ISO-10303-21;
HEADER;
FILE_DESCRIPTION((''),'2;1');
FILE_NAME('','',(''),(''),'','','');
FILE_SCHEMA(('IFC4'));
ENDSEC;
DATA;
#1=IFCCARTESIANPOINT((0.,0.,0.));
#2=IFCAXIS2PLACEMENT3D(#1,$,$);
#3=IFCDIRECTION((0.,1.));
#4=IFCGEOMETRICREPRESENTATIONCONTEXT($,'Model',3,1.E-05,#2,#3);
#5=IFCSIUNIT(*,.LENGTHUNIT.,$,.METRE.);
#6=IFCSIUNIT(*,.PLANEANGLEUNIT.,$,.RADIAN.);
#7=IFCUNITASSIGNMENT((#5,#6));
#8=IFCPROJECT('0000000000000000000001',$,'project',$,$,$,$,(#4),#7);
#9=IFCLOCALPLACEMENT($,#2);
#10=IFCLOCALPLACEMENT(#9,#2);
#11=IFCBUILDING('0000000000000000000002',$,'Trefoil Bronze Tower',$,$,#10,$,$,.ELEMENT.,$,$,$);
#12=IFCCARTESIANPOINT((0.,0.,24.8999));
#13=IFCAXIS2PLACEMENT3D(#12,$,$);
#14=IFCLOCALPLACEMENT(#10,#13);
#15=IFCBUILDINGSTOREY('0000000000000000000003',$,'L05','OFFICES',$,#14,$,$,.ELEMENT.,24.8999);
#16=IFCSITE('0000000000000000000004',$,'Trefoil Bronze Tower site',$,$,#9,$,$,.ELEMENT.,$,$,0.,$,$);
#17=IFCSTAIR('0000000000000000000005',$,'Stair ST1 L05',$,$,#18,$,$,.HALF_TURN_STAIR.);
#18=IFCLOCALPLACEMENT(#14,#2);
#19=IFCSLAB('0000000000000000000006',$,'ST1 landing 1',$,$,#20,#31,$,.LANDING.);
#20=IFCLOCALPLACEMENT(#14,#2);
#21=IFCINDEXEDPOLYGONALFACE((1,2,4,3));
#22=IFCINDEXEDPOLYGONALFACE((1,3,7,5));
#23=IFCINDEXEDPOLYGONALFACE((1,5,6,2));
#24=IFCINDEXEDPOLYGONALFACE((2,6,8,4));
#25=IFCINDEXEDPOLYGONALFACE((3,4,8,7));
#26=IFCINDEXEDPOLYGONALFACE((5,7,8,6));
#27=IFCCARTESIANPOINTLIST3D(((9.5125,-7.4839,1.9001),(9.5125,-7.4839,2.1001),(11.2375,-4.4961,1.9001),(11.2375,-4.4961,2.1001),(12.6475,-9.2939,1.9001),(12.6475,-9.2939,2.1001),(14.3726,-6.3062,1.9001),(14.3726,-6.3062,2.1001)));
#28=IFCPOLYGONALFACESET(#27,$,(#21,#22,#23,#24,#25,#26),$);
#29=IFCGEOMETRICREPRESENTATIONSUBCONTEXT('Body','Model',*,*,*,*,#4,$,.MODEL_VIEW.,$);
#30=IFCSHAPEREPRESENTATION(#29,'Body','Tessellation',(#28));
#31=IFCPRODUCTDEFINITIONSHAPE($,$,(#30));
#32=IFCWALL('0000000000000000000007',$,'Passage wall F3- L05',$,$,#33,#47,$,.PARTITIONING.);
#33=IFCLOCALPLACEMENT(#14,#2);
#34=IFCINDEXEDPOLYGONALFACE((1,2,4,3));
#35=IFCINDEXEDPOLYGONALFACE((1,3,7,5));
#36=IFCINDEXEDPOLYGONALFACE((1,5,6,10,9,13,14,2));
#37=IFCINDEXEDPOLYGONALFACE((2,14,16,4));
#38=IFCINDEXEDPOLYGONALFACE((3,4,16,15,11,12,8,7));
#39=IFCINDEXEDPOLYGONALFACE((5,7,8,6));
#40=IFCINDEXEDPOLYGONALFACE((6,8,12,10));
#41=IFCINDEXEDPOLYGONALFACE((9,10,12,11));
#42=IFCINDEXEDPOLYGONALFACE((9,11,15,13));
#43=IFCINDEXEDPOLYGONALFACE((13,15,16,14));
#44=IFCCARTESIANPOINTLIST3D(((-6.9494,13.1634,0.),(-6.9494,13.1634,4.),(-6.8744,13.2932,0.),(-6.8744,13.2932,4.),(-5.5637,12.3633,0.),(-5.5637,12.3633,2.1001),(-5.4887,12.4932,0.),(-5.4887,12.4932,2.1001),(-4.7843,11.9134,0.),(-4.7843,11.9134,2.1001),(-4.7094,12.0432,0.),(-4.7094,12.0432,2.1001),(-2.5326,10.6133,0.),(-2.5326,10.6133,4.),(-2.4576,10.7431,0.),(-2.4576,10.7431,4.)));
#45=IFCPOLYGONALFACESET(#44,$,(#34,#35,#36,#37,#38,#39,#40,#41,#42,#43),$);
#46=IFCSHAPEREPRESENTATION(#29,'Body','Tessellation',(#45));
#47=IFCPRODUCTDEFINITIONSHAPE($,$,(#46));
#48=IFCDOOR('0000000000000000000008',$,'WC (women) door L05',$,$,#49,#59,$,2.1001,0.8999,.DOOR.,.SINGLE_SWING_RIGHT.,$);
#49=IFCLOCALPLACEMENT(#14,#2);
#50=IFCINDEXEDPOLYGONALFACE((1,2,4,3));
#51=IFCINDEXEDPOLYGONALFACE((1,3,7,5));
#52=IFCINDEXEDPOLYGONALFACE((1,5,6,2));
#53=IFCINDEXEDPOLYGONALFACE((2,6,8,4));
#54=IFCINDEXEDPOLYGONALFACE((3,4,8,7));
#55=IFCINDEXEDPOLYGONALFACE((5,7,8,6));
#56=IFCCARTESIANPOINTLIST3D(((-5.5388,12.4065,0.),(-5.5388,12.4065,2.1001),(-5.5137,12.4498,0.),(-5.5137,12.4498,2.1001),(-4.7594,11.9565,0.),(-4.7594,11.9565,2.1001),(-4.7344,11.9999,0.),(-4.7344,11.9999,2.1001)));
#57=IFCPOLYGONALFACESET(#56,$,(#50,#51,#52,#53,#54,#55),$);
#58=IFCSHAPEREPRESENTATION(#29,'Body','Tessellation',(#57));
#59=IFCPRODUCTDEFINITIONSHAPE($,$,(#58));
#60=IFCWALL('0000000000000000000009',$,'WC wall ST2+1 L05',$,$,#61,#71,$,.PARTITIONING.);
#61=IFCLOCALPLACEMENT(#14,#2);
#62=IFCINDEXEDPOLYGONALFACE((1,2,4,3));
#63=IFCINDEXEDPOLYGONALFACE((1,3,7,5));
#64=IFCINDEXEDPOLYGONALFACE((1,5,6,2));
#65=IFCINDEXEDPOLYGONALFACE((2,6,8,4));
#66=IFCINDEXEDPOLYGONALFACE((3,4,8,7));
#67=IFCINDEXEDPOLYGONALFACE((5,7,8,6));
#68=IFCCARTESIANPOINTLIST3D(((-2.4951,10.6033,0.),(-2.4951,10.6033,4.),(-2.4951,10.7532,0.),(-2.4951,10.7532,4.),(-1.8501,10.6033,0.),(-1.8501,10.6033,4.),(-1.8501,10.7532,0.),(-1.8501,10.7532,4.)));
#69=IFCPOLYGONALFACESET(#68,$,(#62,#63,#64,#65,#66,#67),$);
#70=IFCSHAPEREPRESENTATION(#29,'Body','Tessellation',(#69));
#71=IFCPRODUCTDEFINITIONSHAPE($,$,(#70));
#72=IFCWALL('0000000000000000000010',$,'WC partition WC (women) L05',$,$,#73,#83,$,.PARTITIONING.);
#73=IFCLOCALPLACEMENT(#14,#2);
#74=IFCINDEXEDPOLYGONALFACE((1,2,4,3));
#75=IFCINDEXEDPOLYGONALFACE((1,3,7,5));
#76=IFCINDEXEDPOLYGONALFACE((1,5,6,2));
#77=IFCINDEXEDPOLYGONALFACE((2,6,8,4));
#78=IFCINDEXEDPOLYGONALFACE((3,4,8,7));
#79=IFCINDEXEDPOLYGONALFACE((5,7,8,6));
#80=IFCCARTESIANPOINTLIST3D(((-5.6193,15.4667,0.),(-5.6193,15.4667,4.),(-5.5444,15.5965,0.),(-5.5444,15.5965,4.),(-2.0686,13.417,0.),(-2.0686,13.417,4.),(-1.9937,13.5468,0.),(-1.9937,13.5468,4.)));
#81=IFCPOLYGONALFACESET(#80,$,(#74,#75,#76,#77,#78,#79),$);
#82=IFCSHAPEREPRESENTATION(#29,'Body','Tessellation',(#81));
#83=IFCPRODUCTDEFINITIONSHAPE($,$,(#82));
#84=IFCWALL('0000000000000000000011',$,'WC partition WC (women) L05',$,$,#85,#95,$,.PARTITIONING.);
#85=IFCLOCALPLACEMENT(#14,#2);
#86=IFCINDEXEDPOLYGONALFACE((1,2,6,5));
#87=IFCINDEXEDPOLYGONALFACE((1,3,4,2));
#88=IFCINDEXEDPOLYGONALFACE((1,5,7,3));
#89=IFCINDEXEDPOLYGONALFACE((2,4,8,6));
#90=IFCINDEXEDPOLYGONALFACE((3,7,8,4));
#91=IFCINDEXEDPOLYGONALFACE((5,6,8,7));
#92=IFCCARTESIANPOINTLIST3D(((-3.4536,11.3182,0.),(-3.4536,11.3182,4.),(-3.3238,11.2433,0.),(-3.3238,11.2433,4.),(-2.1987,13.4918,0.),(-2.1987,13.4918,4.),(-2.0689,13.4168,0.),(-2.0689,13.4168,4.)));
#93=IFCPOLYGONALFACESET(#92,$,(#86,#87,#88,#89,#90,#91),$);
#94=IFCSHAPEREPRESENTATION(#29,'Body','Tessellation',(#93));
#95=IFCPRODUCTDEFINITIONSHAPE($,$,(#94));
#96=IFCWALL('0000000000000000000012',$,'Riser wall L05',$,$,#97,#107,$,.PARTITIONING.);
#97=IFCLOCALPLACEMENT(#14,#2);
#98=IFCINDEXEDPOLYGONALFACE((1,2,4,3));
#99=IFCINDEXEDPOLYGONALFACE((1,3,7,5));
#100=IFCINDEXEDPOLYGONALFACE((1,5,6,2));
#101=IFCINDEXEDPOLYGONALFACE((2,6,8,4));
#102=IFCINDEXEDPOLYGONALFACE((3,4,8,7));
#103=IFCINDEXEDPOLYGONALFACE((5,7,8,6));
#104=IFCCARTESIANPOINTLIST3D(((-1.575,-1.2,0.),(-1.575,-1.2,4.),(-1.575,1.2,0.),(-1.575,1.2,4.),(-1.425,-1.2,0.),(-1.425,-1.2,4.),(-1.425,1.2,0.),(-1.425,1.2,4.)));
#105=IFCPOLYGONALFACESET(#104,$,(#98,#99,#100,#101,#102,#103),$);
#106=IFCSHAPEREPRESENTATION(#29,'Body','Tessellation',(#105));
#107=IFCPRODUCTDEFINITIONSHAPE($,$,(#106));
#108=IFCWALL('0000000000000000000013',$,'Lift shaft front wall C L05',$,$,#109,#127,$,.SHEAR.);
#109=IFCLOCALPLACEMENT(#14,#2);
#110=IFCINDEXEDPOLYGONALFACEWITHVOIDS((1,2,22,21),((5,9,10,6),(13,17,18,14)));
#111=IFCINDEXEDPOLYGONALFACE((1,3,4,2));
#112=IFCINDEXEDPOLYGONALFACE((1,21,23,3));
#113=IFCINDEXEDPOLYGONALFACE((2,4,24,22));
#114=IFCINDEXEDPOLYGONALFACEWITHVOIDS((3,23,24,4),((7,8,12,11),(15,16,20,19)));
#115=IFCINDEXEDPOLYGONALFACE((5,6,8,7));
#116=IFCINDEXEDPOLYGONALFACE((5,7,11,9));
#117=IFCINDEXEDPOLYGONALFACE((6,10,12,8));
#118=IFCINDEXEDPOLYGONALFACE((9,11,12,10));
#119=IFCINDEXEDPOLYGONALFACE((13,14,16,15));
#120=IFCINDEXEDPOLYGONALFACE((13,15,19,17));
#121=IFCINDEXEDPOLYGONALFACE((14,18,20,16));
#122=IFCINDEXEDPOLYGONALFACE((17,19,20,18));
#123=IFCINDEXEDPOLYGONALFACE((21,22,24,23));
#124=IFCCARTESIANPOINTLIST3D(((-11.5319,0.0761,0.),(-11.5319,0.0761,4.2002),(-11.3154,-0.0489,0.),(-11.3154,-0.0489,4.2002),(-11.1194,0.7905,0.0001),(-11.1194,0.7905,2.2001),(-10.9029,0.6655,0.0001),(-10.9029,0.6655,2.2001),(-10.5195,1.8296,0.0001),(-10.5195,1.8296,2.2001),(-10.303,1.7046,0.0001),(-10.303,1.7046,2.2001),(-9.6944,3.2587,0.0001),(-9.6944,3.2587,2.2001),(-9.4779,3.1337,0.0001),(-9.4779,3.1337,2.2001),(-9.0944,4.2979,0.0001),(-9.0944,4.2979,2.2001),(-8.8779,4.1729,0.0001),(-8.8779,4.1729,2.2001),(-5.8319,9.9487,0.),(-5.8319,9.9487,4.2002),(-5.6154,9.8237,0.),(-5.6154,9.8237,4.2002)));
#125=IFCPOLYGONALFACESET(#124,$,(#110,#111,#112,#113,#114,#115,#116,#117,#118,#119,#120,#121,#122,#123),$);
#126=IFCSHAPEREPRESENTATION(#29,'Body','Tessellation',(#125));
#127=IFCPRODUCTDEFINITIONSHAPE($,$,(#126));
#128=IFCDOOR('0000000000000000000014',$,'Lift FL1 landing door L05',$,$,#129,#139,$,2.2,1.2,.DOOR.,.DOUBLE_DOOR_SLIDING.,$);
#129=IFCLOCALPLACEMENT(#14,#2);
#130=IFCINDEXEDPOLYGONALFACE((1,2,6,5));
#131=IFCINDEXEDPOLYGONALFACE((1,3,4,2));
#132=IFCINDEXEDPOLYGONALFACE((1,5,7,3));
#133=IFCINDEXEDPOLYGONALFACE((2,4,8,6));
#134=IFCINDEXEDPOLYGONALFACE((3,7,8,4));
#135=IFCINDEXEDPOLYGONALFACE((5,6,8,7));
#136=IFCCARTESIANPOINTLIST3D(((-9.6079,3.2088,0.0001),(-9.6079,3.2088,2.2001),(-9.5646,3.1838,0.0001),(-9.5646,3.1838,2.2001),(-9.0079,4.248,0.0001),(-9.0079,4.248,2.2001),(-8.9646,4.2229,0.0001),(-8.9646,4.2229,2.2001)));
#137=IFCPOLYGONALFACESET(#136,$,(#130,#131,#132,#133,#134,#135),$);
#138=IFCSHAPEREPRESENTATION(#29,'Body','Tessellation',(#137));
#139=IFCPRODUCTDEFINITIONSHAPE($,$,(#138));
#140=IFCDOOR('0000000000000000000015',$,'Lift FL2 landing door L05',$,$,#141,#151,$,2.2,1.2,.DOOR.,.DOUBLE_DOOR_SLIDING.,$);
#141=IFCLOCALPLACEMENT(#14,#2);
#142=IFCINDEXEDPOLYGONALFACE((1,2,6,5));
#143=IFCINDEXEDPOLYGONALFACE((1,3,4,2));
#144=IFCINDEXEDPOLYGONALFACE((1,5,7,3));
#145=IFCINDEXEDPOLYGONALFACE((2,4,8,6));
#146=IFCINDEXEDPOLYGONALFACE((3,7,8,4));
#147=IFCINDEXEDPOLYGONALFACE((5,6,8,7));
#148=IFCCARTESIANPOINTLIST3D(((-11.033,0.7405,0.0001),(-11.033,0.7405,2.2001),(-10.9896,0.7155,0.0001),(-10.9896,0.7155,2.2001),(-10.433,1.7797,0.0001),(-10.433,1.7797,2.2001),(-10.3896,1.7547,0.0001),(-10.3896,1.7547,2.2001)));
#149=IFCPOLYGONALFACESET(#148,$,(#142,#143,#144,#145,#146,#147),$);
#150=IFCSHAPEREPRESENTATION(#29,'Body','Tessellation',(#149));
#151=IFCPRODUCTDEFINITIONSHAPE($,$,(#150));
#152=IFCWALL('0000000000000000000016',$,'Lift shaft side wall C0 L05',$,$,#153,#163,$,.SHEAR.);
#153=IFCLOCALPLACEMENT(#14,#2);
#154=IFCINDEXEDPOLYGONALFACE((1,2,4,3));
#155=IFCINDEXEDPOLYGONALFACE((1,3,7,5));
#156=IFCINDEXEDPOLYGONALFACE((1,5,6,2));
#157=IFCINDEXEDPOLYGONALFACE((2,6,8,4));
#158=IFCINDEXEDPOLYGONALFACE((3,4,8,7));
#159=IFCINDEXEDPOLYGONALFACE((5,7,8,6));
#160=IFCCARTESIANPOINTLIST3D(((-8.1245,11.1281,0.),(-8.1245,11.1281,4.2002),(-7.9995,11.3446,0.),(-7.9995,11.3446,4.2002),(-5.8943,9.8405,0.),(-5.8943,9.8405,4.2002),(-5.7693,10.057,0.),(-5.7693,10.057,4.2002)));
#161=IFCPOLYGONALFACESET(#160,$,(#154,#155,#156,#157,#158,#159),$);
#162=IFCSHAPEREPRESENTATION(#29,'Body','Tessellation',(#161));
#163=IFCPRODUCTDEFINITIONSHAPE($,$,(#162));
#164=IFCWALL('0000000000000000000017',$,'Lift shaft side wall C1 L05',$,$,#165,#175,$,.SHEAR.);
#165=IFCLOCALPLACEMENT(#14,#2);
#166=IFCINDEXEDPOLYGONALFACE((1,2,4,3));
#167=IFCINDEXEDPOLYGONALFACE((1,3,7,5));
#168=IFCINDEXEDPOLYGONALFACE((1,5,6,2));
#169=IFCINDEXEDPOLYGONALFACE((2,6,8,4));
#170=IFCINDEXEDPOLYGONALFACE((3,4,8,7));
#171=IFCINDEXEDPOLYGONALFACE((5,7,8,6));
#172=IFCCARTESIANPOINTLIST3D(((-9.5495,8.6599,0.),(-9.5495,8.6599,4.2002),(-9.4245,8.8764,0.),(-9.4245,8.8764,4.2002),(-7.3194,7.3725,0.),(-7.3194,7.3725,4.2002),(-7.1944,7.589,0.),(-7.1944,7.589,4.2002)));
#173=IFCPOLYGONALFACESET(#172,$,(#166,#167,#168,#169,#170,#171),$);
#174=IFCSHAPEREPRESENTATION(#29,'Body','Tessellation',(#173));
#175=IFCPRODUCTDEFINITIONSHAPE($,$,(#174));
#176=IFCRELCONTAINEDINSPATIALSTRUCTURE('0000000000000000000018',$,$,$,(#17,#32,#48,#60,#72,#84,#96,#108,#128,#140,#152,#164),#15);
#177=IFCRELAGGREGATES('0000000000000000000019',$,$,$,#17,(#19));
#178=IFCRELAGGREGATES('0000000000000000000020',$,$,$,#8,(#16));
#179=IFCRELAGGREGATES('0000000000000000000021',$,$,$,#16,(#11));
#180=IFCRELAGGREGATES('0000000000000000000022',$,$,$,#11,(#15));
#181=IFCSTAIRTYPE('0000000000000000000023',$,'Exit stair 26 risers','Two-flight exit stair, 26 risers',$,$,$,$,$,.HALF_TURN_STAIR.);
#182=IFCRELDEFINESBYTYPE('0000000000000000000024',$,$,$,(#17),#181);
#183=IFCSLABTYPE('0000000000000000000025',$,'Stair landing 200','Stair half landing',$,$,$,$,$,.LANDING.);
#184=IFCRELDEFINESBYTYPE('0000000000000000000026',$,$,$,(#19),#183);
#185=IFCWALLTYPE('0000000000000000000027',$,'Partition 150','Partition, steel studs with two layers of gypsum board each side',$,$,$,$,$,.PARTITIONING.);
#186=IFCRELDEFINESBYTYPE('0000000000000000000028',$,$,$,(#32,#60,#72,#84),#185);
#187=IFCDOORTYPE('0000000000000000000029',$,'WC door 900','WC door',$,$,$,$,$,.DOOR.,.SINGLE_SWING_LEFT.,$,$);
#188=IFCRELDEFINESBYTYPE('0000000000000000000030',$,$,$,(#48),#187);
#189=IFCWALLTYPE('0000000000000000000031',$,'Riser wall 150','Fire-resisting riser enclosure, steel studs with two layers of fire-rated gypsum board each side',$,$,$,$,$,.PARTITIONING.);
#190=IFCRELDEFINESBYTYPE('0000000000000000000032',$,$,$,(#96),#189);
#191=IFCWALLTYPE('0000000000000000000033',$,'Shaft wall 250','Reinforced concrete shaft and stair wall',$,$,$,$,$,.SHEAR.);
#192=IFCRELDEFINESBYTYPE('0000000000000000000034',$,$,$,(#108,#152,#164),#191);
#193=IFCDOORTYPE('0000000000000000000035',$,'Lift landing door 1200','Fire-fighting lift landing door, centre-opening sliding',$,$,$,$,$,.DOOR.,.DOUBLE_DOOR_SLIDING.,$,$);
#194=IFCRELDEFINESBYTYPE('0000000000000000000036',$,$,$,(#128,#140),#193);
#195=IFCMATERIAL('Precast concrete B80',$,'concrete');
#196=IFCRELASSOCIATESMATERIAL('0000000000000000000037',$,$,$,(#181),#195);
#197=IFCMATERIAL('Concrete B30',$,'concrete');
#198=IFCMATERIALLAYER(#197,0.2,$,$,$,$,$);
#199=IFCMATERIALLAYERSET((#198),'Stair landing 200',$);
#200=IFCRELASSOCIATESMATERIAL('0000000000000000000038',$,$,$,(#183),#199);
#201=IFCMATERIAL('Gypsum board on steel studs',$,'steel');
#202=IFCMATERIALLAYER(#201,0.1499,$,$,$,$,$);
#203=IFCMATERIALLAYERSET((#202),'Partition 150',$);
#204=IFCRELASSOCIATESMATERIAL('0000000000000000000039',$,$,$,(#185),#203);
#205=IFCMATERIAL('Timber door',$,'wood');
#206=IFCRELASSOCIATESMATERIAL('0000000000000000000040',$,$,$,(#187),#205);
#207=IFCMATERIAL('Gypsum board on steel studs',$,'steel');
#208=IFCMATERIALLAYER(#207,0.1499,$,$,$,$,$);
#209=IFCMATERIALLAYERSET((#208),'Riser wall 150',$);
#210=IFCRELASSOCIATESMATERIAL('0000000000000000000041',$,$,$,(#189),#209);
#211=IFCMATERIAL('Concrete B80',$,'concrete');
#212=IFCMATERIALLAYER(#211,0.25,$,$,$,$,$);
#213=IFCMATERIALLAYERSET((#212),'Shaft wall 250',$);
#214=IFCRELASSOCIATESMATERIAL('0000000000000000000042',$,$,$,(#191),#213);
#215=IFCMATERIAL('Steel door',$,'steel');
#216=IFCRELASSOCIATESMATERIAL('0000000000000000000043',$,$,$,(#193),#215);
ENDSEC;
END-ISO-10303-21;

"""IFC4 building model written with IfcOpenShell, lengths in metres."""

from ifc_helpers import new_model, si_unit, direction, frame, frame_2d, origin, place, context, subcontext, project, spatial, polyline, rectangle, outline, extrude, material, layer, layer_set, type_object, element, fill, aggregate, save


model = new_model("IFC4")

# Units and contexts
model_context = context("Model", 3, precision=1e-05, world=origin(), true_north=direction((0.0, 1.0)))
body_context = subcontext(model_context, "Body", "Model", "MODEL_VIEW")
ifc_project = project(units=[si_unit("LENGTHUNIT", "METRE"), si_unit("PLANEANGLEUNIT", "RADIAN")], contexts=[model_context])

# Site, building, storey
site_placement = place(None, origin())
site = spatial("IfcSite", under=ifc_project, at=site_placement, Name="Trefoil Bronze Tower site", CompositionType="ELEMENT", RefElevation=0.0)
building_placement = place(site_placement, origin())
building = spatial("IfcBuilding", under=site, at=building_placement, Name="Trefoil Bronze Tower", CompositionType="ELEMENT")
storey_placement = place(building_placement, frame((0.0, 0.0, 24.8999)))
storey = spatial("IfcBuildingStorey", under=building, at=storey_placement, Name="L05", Description="OFFICES", CompositionType="ELEMENT", Elevation=24.8999)

# Stair, slab
ifc_material_1 = material(Name="Precast concrete B80", Category="concrete")
stair_type = type_object("IfcStairType", Name="Exit stair 26 risers", Description="Two-flight exit stair, 26 risers", PredefinedType="HALF_TURN_STAIR", material=ifc_material_1)
stair_1_placement = place(storey_placement, origin())
stair_1 = element("IfcStair", 1, at=stair_1_placement, inside=storey, type_object=stair_type, Name="Stair ST1 L05", PredefinedType="HALF_TURN_STAIR")
ifc_material_2 = material(Name="Concrete B30", Category="concrete")
ifc_layer_1 = layer(ifc_material_2, 0.2)
ifc_layer_set_1 = layer_set([ifc_layer_1], Name="Stair landing 200")
slab_type = type_object("IfcSlabType", Name="Stair landing 200", Description="Stair half landing", PredefinedType="LANDING", material=ifc_layer_set_1)
slab_placement = place(storey_placement, frame((0.0, 0.0, 1.9001)))
slab = element("IfcSlab", 2, at=slab_placement, type_object=slab_type, Name="ST1 landing 1", PredefinedType="LANDING", context=body_context, shape_type="SweptSolid", body=[
    extrude(outline(polyline([(9.5125, -7.4839), (12.6475, -9.2939), (14.3726, -6.3062), (11.2375, -4.4961), (9.5125, -7.4839)])), origin(), (0.0, 0.0, 1.0), 0.2),
])
aggregate(stair_1, [slab])

# Wall, opening, door
ifc_material_3 = material(Name="Gypsum board on steel studs", Category="steel")
ifc_layer_2 = layer(ifc_material_3, 0.1499)
ifc_layer_set_2 = layer_set([ifc_layer_2], Name="Partition 150")
wall_type_1 = type_object("IfcWallType", Name="Partition 150", Description="Partition, steel studs with two layers of gypsum board each side", PredefinedType="PARTITIONING", material=ifc_layer_set_2)
wall_1_placement = place(storey_placement, frame((-2.4951, 10.6782, 0.0), z_axis=(0.0, 0.0, 1.0), x_axis=(-0.866022, 0.500006, 0.0)))
wall_1 = element("IfcWall", 3, at=wall_1_placement, inside=storey, type_object=wall_type_1, Name="Passage wall F3- L05", PredefinedType="PARTITIONING", context=body_context, shape_type="SweptSolid", body=[
    extrude(rectangle(XDim=5.1001, YDim=0.1499, at=frame_2d((2.55, 0.0))), origin(), (0.0, 0.0, 1.0), 4.0),
])
opening_1_placement = place(wall_1_placement, frame((2.6001, 0.0, 0.0)))
opening_1 = element("IfcOpeningElement", 4, at=opening_1_placement, cuts=wall_1, PredefinedType="OPENING", context=body_context, shape_type="SweptSolid", body=[
    extrude(rectangle(XDim=0.8999, YDim=2.1001, at=frame_2d((0.45, 1.05))), frame((0.0, 0.085, 0.0), z_axis=(0.0, -1.0, 0.0), x_axis=(1.0, 0.0, 0.0)), (0.0, 0.0, 1.0), 0.1699),
])
ifc_material_4 = material(Name="Timber door", Category="wood")
door_type_1 = type_object("IfcDoorType", Name="WC door 900", Description="WC door", OperationType="SINGLE_SWING_LEFT", PredefinedType="DOOR", material=ifc_material_4)
door_1_placement = place(opening_1_placement, frame((0.8999, 0.0, 0.0), z_axis=(0.0, 0.0, 1.0), x_axis=(-1.0, 0.0, 0.0)))
door_1 = element("IfcDoor", 5, at=door_1_placement, inside=storey, type_object=door_type_1, Name="WC (women) door L05", OperationType="SINGLE_SWING_RIGHT", OverallHeight=2.1001, OverallWidth=0.8999, PredefinedType="DOOR", context=body_context, shape_type="SweptSolid", body=[
    extrude(rectangle(XDim=0.8999, YDim=2.1001, at=frame_2d((0.45, 1.05))), frame((0.0, 0.0249, 0.0), z_axis=(0.0, -1.0, 0.0), x_axis=(1.0, 0.0, 0.0)), (0.0, 0.0, 1.0), 0.05),
])
fill(opening_1, door_1)

# Walls
wall_2_placement = place(storey_placement, frame((-2.4951, 10.6782, 0.0), z_axis=(0.0, 0.0, 1.0), x_axis=(1.0, 0.0, 0.0)))
element("IfcWall", 6, at=wall_2_placement, inside=storey, type_object=wall_type_1, Name="WC wall ST2+1 L05", PredefinedType="PARTITIONING", context=body_context, shape_type="SweptSolid", body=[
    extrude(rectangle(XDim=0.645, YDim=0.1499, at=frame_2d((0.3225, 0.0))), origin(), (0.0, 0.0, 1.0), 4.0),
])
wall_3_placement = place(storey_placement, frame((-2.0312, 13.4819, 0.0), z_axis=(0.0, 0.0, 1.0), x_axis=(-0.866051, 0.499956, 0.0)))
element("IfcWall", 7, at=wall_3_placement, inside=storey, type_object=wall_type_1, Name="WC partition WC (women) L05", PredefinedType="PARTITIONING", context=body_context, shape_type="SweptSolid", body=[
    extrude(rectangle(XDim=4.0999, YDim=0.1499, at=frame_2d((2.0498, 0.0))), origin(), (0.0, 0.0, 1.0), 4.0),
])
wall_4_placement = place(storey_placement, frame((-3.3887, 11.2808, 0.0), z_axis=(0.0, 0.0, 1.0), x_axis=(0.499989, 0.866032, 0.0)))
element("IfcWall", 8, at=wall_4_placement, inside=storey, type_object=wall_type_1, Name="WC partition WC (women) L05", PredefinedType="PARTITIONING", context=body_context, shape_type="SweptSolid", body=[
    extrude(rectangle(XDim=2.5098, YDim=0.1499, at=frame_2d((1.2549, 0.0))), origin(), (0.0, 0.0, 1.0), 4.0),
])
ifc_material_5 = material(Name="Gypsum board on steel studs", Category="steel")
ifc_layer_3 = layer(ifc_material_5, 0.1499)
ifc_layer_set_3 = layer_set([ifc_layer_3], Name="Riser wall 150")
wall_type_2 = type_object("IfcWallType", Name="Riser wall 150", Description="Fire-resisting riser enclosure, steel studs with two layers of fire-rated gypsum board each side", PredefinedType="PARTITIONING", material=ifc_layer_set_3)
wall_5_placement = place(storey_placement, frame((-1.5, 1.2, 0.0), z_axis=(0.0, 0.0, 1.0), x_axis=(0.0, -1.0, 0.0)))
element("IfcWall", 9, at=wall_5_placement, inside=storey, type_object=wall_type_2, Name="Riser wall L05", PredefinedType="PARTITIONING", context=body_context, shape_type="SweptSolid", body=[
    extrude(rectangle(XDim=2.3999, YDim=0.1499, at=frame_2d((1.2, 0.0))), origin(), (0.0, 0.0, 1.0), 4.0),
])

# Wall, openings, doors
ifc_material_6 = material(Name="Concrete B80", Category="concrete")
ifc_layer_4 = layer(ifc_material_6, 0.25)
ifc_layer_set_4 = layer_set([ifc_layer_4], Name="Shaft wall 250")
wall_type_3 = type_object("IfcWallType", Name="Shaft wall 250", Description="Reinforced concrete shaft and stair wall", PredefinedType="SHEAR", material=ifc_layer_set_4)
wall_6_placement = place(storey_placement, frame((-5.7236, 9.8862, 0.0), z_axis=(0.0, 0.0, 1.0), x_axis=(-0.500002, -0.866024, 0.0)))
wall_6 = element("IfcWall", 10, at=wall_6_placement, inside=storey, type_object=wall_type_3, Name="Lift shaft front wall C L05", PredefinedType="SHEAR", context=body_context, shape_type="SweptSolid", body=[
    extrude(rectangle(XDim=11.3999, YDim=0.25, at=frame_2d((5.7, 0.0))), origin(), (0.0, 0.0, 1.0), 4.2002),
])
opening_2_placement = place(wall_6_placement, frame((6.5249, 0.0, 0.0)))
opening_2 = element("IfcOpeningElement", 11, at=opening_2_placement, cuts=wall_6, PredefinedType="OPENING", context=body_context, shape_type="SweptSolid", body=[
    extrude(rectangle(XDim=1.2, YDim=2.2, at=frame_2d((0.6001, 1.1001))), frame((0.0, 0.135, 0.0), z_axis=(0.0, -1.0, 0.0), x_axis=(1.0, 0.0, 0.0)), (0.0, 0.0, 1.0), 0.27),
])
opening_3_placement = place(wall_6_placement, frame((9.375, 0.0, 0.0)))
opening_3 = element("IfcOpeningElement", 12, at=opening_3_placement, cuts=wall_6, PredefinedType="OPENING", context=body_context, shape_type="SweptSolid", body=[
    extrude(rectangle(XDim=1.2, YDim=2.2, at=frame_2d((0.6001, 1.1001))), frame((0.0, 0.135, 0.0), z_axis=(0.0, -1.0, 0.0), x_axis=(1.0, 0.0, 0.0)), (0.0, 0.0, 1.0), 0.27),
])
ifc_material_7 = material(Name="Steel door", Category="steel")
door_type_2 = type_object("IfcDoorType", Name="Lift landing door 1200", Description="Fire-fighting lift landing door, centre-opening sliding", OperationType="DOUBLE_DOOR_SLIDING", PredefinedType="DOOR", material=ifc_material_7)
door_2_placement = place(opening_2_placement, origin())
door_2 = element("IfcDoor", 13, at=door_2_placement, inside=storey, type_object=door_type_2, Name="Lift FL1 landing door L05", OperationType="DOUBLE_DOOR_SLIDING", OverallHeight=2.2, OverallWidth=1.2, PredefinedType="DOOR", context=body_context, shape_type="SweptSolid", body=[
    extrude(rectangle(XDim=1.2, YDim=2.2, at=frame_2d((0.6001, 1.1001))), frame((0.0, 0.0249, 0.0), z_axis=(0.0, -1.0, 0.0), x_axis=(1.0, 0.0, 0.0)), (0.0, 0.0, 1.0), 0.05),
])
fill(opening_2, door_2)
door_3_placement = place(opening_3_placement, origin())
door_3 = element("IfcDoor", 14, at=door_3_placement, inside=storey, type_object=door_type_2, Name="Lift FL2 landing door L05", OperationType="DOUBLE_DOOR_SLIDING", OverallHeight=2.2, OverallWidth=1.2, PredefinedType="DOOR", context=body_context, shape_type="SweptSolid", body=[
    extrude(rectangle(XDim=1.2, YDim=2.2, at=frame_2d((0.6001, 1.1001))), frame((0.0, 0.0249, 0.0), z_axis=(0.0, -1.0, 0.0), x_axis=(1.0, 0.0, 0.0)), (0.0, 0.0, 1.0), 0.05),
])
fill(opening_3, door_3)

# Walls
wall_7_placement = place(storey_placement, frame((-5.8318, 9.9487, 0.0), z_axis=(0.0, 0.0, 1.0), x_axis=(-0.866029, 0.499993, 0.0)))
element("IfcWall", 15, at=wall_7_placement, inside=storey, type_object=wall_type_3, Name="Lift shaft side wall C0 L05", PredefinedType="SHEAR", context=body_context, shape_type="SweptSolid", body=[
    extrude(rectangle(XDim=2.5752, YDim=0.25, at=frame_2d((1.2876, 0.0))), origin(), (0.0, 0.0, 1.0), 4.2002),
])
wall_8_placement = place(storey_placement, frame((-7.2568, 7.4807, 0.0), z_axis=(0.0, 0.0, 1.0), x_axis=(-0.866047, 0.499963, 0.0)))
element("IfcWall", 16, at=wall_8_placement, inside=storey, type_object=wall_type_3, Name="Lift shaft side wall C1 L05", PredefinedType="SHEAR", context=body_context, shape_type="SweptSolid", body=[
    extrude(rectangle(XDim=2.575, YDim=0.25, at=frame_2d((1.2876, 0.0))), origin(), (0.0, 0.0, 1.0), 4.2002),
])

save(model, "model.ifc")
